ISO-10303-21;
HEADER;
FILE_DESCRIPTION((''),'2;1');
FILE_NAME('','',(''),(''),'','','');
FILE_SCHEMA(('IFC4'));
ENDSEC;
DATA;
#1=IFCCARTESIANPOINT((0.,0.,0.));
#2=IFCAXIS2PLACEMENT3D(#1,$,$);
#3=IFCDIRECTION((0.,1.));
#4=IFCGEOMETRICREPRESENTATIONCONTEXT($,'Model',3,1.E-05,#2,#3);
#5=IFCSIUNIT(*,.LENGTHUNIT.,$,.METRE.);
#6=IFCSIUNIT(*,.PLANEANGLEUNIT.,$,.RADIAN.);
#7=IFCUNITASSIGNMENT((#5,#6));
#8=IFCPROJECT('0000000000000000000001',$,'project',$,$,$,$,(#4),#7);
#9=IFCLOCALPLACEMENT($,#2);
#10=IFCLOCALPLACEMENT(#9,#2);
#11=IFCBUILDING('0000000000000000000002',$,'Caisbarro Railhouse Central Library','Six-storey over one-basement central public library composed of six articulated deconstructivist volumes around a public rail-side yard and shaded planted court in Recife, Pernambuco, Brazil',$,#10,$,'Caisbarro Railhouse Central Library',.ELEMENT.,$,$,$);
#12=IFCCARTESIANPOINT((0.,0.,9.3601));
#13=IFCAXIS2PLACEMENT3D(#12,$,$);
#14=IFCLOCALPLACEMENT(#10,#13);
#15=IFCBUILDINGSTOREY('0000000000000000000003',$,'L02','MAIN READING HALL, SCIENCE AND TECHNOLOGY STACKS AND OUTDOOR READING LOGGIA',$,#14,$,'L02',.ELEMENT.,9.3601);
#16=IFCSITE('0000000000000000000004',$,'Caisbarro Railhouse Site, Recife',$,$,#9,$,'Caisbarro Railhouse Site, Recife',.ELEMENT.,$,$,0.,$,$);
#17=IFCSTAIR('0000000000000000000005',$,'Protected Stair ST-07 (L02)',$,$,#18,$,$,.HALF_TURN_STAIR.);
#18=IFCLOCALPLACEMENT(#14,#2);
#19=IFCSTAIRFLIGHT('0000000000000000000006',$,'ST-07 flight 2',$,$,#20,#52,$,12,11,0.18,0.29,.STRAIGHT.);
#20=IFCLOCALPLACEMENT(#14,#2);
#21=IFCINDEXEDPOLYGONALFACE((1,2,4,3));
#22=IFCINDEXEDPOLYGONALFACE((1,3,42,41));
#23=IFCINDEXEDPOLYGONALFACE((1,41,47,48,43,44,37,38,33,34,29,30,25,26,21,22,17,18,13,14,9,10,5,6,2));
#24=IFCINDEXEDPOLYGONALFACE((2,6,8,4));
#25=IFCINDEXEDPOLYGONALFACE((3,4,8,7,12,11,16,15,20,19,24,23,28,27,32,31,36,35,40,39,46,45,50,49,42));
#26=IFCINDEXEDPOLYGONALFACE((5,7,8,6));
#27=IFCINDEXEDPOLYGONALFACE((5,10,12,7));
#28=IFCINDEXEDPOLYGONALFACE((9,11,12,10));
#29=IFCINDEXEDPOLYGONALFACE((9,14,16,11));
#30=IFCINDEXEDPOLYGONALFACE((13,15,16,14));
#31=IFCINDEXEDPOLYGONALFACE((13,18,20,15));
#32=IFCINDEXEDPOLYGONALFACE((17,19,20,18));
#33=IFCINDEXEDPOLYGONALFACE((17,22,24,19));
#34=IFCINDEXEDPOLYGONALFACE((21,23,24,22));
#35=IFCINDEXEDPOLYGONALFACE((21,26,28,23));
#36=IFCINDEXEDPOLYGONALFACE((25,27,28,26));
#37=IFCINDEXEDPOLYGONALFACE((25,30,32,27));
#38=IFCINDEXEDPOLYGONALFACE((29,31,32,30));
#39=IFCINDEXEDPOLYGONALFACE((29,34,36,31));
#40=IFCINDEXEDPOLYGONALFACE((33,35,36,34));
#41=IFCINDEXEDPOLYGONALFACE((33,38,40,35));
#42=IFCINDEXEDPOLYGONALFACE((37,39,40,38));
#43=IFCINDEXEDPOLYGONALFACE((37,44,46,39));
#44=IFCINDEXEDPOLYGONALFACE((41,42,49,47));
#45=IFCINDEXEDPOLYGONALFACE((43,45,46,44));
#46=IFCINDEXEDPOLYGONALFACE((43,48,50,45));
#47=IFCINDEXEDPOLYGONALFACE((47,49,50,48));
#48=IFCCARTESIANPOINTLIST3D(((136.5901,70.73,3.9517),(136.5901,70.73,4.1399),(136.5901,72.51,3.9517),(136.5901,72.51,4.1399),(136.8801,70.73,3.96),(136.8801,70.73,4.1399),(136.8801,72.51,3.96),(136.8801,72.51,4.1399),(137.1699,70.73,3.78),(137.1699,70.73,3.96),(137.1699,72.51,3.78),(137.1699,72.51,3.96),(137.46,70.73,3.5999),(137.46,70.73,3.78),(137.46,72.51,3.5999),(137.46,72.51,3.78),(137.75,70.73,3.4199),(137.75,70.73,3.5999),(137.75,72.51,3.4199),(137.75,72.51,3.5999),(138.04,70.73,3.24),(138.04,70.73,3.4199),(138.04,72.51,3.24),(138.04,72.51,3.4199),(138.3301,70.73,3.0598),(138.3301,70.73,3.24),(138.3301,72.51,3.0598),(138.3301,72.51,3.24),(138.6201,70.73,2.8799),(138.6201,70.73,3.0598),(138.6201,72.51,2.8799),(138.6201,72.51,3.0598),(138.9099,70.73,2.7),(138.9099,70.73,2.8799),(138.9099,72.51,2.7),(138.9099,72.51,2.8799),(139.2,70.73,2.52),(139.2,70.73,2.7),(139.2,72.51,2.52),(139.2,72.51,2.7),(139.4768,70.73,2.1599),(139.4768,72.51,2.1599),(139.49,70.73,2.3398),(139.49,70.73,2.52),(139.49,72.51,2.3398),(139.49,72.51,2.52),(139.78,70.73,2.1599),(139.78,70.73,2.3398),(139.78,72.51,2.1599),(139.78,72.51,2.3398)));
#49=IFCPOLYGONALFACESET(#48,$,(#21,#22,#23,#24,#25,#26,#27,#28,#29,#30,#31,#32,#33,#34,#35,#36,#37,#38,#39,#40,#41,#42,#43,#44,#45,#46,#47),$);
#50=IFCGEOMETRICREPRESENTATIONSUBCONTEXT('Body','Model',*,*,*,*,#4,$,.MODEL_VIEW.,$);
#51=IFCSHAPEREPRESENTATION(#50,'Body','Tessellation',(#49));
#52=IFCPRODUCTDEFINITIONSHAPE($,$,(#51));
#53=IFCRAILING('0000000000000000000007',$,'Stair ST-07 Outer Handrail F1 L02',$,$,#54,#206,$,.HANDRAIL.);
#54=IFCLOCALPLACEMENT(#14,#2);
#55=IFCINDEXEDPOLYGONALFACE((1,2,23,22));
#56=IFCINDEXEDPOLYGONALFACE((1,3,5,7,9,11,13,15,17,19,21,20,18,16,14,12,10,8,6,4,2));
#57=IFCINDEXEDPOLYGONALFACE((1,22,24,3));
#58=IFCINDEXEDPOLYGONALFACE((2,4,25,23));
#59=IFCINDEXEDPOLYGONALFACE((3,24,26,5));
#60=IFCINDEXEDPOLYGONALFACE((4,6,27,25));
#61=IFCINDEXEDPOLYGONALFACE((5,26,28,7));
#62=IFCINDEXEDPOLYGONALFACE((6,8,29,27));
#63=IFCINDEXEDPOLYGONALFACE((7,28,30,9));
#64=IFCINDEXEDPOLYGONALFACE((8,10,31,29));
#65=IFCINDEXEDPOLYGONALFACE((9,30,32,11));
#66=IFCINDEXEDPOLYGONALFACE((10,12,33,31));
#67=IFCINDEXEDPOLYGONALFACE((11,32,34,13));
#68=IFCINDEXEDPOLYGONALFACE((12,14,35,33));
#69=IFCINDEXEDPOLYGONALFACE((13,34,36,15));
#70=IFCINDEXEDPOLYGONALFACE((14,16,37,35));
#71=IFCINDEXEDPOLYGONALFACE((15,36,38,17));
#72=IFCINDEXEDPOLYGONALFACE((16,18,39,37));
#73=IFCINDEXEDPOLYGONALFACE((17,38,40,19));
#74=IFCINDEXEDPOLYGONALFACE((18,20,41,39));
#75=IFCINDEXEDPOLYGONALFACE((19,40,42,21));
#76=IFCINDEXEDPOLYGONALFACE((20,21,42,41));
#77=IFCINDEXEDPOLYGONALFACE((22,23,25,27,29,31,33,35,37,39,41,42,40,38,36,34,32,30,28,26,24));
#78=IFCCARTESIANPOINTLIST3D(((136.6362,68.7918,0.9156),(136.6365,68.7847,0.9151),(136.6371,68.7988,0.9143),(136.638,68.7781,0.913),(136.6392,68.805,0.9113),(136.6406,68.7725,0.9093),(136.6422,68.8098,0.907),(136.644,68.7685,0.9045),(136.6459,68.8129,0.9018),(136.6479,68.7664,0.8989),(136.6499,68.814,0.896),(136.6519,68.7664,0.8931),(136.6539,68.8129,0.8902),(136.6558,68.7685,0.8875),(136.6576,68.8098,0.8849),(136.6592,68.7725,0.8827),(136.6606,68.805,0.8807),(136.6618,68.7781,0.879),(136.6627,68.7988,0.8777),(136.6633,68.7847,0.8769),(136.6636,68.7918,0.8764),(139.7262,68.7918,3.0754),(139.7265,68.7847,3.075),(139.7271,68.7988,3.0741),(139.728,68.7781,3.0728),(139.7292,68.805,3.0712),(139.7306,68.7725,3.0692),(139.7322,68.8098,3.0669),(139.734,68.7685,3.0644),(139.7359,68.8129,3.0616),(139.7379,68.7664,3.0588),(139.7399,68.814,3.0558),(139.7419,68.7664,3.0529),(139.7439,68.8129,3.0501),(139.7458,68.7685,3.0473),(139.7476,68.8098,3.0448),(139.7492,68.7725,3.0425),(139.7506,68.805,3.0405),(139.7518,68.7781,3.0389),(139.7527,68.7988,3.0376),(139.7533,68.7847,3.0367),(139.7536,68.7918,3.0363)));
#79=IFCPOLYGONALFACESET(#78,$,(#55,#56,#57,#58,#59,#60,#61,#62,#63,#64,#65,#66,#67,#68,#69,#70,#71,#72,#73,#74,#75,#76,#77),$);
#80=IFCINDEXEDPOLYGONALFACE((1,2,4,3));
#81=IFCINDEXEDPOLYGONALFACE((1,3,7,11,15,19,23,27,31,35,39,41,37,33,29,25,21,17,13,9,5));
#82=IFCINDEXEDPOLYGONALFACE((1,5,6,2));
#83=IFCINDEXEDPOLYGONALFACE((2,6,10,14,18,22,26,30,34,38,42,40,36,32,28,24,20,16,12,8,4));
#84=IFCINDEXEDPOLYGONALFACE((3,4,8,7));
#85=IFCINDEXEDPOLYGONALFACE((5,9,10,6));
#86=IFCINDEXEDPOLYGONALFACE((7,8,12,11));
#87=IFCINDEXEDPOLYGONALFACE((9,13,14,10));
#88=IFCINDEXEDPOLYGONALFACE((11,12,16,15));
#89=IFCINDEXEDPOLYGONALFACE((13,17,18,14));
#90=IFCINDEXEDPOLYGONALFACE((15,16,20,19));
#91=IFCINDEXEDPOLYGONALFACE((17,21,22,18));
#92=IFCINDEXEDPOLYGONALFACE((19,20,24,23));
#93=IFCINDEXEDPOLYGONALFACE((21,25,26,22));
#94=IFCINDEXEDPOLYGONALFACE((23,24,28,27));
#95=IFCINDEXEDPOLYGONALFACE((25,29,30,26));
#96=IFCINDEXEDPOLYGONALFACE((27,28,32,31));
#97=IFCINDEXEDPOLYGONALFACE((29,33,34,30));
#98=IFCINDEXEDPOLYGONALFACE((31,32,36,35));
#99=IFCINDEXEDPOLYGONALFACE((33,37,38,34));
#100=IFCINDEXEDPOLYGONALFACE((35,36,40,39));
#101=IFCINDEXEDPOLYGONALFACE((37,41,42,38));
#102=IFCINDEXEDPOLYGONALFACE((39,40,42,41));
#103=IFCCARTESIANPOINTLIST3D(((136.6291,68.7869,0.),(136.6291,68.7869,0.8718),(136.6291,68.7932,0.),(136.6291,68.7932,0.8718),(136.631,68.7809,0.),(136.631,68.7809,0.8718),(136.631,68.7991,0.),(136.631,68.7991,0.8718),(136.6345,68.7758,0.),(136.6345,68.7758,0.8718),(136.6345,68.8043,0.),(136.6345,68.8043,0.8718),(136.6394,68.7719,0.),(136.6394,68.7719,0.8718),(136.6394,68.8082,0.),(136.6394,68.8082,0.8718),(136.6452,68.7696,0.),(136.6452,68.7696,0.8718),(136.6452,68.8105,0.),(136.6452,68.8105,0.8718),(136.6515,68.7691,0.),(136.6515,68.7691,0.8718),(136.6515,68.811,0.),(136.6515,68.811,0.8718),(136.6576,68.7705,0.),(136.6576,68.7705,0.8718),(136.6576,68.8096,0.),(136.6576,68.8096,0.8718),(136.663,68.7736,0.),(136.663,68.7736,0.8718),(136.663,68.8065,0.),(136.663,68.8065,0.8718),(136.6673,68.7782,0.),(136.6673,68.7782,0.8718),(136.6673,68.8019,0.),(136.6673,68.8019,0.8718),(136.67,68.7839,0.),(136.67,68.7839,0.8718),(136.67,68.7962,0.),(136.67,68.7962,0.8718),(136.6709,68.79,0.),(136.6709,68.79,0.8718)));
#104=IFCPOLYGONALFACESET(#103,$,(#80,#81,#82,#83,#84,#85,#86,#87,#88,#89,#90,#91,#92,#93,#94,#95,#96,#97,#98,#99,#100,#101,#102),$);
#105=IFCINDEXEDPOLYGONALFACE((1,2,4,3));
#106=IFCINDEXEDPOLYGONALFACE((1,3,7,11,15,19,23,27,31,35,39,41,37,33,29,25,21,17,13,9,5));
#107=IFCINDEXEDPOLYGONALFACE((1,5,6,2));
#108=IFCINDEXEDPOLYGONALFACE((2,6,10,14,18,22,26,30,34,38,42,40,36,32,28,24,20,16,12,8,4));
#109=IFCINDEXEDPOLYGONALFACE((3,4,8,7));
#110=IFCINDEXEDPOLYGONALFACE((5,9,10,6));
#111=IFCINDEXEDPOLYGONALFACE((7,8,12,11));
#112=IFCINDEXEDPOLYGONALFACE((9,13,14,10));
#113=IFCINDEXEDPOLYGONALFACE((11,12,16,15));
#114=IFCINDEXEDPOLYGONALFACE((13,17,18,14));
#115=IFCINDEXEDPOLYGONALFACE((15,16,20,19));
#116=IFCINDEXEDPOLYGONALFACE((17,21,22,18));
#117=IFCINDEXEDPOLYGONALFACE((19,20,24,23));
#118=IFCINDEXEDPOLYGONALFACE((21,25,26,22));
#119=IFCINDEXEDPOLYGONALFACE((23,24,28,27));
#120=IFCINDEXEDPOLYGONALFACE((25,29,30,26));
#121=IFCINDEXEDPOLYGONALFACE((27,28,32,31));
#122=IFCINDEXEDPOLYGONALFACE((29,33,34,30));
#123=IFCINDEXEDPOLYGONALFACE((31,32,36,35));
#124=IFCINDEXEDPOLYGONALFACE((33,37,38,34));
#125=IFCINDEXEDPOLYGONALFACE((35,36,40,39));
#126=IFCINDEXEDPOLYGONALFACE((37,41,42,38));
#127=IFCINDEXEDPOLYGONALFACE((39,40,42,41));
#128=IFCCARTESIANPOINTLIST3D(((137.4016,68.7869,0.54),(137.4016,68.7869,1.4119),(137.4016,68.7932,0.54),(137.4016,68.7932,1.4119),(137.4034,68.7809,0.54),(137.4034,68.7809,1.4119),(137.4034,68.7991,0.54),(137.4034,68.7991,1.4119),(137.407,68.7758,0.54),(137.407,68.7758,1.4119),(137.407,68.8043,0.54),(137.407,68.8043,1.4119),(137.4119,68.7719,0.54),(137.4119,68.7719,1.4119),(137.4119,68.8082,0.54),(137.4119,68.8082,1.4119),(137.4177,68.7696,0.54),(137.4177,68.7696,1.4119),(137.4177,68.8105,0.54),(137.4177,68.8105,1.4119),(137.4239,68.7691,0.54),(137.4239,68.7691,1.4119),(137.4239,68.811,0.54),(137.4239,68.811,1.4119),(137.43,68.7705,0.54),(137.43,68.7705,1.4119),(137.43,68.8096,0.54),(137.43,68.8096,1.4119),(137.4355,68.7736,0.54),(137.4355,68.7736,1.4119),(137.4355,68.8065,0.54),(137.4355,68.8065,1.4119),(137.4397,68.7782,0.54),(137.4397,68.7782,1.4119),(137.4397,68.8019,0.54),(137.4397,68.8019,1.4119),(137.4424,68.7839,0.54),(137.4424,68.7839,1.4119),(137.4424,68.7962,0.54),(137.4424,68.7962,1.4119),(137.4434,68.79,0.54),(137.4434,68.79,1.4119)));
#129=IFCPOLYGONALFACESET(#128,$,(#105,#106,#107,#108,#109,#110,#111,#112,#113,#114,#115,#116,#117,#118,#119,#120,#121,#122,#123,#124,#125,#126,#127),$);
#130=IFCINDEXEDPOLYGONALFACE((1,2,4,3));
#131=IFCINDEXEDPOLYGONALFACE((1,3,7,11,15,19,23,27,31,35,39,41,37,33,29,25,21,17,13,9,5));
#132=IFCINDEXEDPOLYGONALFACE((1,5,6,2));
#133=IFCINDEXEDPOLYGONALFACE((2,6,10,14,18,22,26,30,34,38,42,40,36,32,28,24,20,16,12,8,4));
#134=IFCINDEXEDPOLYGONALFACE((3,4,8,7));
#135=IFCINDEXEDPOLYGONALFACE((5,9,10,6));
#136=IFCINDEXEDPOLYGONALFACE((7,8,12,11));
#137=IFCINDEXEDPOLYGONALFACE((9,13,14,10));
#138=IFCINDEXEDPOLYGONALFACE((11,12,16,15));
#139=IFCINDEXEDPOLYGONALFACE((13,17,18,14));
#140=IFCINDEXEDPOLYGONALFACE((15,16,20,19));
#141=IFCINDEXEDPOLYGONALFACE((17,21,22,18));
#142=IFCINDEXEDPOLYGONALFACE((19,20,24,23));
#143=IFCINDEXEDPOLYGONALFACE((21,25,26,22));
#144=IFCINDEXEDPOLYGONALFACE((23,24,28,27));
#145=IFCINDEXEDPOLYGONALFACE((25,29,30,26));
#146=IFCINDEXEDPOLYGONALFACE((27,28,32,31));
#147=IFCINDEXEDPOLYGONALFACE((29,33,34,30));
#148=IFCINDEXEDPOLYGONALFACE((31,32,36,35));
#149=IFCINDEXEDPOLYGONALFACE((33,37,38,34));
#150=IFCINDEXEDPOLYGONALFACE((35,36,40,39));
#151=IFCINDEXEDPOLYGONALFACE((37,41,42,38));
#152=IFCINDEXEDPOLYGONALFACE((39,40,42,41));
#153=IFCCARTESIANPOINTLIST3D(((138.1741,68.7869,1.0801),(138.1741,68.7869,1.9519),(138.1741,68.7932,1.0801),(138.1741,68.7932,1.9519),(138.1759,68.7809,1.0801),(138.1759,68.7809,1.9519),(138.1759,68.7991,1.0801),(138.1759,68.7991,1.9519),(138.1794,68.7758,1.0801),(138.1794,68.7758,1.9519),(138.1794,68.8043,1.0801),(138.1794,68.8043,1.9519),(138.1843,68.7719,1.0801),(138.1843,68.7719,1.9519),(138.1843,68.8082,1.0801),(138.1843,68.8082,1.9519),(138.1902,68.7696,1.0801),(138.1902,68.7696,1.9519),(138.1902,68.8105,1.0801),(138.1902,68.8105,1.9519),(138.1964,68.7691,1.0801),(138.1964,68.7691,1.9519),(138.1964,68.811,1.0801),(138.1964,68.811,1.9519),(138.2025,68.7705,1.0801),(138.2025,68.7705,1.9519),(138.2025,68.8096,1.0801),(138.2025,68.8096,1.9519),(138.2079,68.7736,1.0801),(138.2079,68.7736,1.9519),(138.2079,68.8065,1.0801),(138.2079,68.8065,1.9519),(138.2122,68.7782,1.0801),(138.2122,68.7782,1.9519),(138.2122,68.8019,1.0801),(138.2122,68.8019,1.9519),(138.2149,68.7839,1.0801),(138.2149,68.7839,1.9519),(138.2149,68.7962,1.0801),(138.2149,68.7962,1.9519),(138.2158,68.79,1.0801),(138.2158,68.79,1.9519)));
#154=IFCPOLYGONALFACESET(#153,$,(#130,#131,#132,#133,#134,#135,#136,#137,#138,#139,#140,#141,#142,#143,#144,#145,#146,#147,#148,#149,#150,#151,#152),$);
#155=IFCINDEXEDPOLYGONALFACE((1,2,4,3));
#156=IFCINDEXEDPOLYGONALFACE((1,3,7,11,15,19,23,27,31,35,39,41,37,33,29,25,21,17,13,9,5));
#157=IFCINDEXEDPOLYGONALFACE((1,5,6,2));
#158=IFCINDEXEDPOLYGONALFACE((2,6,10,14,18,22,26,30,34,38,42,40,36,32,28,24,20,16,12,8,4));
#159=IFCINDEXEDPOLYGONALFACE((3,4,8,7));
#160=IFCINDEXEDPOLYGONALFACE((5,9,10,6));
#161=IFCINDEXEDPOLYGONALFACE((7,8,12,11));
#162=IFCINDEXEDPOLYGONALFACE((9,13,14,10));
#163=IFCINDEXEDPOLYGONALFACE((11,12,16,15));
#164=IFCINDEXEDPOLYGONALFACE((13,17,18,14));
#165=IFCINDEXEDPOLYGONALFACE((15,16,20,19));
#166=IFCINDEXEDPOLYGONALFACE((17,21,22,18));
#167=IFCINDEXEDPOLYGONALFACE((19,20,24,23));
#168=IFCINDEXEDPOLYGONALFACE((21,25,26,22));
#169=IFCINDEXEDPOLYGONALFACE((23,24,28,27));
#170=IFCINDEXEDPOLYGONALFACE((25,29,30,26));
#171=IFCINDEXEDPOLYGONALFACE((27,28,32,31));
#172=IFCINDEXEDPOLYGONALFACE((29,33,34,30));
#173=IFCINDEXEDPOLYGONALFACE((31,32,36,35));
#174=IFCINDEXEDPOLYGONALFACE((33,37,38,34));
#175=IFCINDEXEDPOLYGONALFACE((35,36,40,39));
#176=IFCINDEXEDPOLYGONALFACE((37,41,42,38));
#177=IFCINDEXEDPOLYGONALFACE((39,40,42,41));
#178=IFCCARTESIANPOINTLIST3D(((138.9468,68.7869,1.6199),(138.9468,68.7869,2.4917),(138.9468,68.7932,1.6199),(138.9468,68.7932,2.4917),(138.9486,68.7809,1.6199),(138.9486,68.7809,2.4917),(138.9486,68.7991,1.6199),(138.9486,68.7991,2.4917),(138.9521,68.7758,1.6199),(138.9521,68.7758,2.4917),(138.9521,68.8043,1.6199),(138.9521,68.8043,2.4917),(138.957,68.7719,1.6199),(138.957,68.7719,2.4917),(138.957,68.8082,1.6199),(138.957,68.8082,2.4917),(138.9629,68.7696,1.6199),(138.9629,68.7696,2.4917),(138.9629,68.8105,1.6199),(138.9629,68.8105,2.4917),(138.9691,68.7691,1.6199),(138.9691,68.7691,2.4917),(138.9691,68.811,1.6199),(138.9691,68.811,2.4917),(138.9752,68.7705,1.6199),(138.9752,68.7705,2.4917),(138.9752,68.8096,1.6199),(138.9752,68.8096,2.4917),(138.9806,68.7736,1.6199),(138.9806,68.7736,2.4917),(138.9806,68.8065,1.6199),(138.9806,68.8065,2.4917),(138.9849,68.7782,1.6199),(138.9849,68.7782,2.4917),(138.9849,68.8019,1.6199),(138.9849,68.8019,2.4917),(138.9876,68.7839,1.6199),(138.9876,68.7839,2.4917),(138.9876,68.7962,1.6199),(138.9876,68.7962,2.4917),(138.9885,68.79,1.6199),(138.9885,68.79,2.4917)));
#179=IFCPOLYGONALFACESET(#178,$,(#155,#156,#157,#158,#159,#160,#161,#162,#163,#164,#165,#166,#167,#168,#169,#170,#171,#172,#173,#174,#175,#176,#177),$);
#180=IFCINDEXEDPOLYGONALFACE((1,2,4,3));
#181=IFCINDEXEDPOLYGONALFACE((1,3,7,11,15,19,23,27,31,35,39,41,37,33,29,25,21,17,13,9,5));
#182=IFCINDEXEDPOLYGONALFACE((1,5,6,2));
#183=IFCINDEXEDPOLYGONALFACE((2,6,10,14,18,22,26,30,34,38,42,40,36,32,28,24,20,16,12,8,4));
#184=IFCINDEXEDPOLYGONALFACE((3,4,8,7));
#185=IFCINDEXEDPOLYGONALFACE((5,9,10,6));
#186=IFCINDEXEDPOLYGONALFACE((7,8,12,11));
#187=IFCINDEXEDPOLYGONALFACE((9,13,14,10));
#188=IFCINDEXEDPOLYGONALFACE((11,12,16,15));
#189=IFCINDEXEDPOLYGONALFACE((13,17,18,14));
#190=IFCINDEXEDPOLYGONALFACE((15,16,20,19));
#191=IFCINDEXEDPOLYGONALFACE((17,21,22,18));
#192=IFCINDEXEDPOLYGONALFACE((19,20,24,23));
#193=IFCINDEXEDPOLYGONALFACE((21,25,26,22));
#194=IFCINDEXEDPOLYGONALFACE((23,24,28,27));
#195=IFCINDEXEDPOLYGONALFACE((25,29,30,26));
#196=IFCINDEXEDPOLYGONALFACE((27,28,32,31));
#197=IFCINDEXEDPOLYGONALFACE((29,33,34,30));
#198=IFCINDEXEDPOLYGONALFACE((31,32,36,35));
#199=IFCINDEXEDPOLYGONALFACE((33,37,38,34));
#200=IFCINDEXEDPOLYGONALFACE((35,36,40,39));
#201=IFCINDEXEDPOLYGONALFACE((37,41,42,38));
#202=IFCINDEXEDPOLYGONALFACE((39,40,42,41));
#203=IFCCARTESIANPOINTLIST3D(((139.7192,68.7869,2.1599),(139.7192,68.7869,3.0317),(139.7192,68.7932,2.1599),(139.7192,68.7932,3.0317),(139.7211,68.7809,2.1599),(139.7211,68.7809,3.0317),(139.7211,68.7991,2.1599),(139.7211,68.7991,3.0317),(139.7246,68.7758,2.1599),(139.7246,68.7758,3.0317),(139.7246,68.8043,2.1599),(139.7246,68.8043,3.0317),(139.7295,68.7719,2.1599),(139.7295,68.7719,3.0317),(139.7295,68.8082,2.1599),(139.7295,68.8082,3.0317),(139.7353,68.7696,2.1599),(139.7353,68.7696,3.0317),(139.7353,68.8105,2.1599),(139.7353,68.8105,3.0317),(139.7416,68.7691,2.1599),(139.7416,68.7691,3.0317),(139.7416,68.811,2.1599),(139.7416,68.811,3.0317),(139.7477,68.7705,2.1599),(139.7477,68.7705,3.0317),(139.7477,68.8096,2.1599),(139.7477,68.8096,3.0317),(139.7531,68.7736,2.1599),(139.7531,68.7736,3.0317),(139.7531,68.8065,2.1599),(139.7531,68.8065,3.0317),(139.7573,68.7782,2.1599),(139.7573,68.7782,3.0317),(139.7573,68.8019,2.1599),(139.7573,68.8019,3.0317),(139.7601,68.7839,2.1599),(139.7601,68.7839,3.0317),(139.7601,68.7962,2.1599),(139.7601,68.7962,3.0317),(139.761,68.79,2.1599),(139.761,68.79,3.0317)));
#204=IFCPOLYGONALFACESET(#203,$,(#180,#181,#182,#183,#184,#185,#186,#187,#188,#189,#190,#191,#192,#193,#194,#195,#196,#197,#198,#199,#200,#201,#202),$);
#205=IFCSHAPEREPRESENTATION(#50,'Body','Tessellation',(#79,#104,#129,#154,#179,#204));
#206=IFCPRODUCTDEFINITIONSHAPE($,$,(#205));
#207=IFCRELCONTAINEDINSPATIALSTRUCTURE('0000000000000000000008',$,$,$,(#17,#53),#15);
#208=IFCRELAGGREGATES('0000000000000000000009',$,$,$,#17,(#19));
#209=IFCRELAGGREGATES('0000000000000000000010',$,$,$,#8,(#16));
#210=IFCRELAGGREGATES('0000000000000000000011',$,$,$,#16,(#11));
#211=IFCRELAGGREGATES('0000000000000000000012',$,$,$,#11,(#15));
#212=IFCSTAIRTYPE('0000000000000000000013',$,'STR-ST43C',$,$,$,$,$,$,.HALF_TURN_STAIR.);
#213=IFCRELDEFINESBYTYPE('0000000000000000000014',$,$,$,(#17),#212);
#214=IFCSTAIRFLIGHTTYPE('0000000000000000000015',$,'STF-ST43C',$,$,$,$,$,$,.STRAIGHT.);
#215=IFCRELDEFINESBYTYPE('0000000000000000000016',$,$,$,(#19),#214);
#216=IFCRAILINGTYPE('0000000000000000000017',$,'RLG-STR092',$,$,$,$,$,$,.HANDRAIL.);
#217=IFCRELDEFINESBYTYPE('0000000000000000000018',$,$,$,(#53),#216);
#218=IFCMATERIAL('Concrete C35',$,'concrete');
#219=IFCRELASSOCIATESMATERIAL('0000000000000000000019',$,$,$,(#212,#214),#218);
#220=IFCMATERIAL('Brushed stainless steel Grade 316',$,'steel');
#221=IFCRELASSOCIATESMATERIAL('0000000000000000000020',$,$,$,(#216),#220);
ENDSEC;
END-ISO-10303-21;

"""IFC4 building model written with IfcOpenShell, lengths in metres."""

from ifc_helpers import new_model, si_unit, direction, frame, origin, origin_2d, place, context, subcontext, project, spatial, polyline, circle, outline, extrude, material, type_object, element, aggregate, save


model = new_model("IFC4")

# Units and contexts
model_context = context("Model", 3, precision=1e-05, world=origin(), true_north=direction((0.0, 1.0)))
body_context = subcontext(model_context, "Body", "Model", "MODEL_VIEW")
ifc_project = project(units=[si_unit("LENGTHUNIT", "METRE"), si_unit("PLANEANGLEUNIT", "RADIAN")], contexts=[model_context])

# Site, building, storey
site_placement = place(None, origin())
site = spatial("IfcSite", under=ifc_project, at=site_placement, Name="Caisbarro Railhouse Site, Recife", LongName="Caisbarro Railhouse Site, Recife", CompositionType="ELEMENT", RefElevation=0.0)
building_placement = place(site_placement, origin())
building = spatial("IfcBuilding", under=site, at=building_placement, Name="Caisbarro Railhouse Central Library", Description="Six-storey over one-basement central public library composed of six articulated deconstructivist volumes around a public rail-side yard and shaded planted court in Recife, Pernambuco, Brazil", LongName="Caisbarro Railhouse Central Library", CompositionType="ELEMENT")
storey_placement = place(building_placement, frame((0.0, 0.0, 9.3601)))
storey = spatial("IfcBuildingStorey", under=building, at=storey_placement, Name="L02", Description="MAIN READING HALL, SCIENCE AND TECHNOLOGY STACKS AND OUTDOOR READING LOGGIA", LongName="L02", CompositionType="ELEMENT", Elevation=9.3601)

# Stair, stair flight
ifc_material_1 = material(Name="Concrete C35", Category="concrete")
stair_type = type_object("IfcStairType", Name="STR-ST43C", PredefinedType="HALF_TURN_STAIR", material=ifc_material_1)
stair_placement = place(storey_placement, origin())
stair = element("IfcStair", 1, at=stair_placement, inside=storey, type_object=stair_type, Name="Protected Stair ST-07 (L02)", PredefinedType="HALF_TURN_STAIR")
stair_flight_type = type_object("IfcStairFlightType", Name="STF-ST43C", PredefinedType="STRAIGHT", material=ifc_material_1)
stair_flight_1_placement = place(storey_placement, frame((139.78, 71.6201, 2.1599), z_axis=(0.0, 0.0, 1.0), x_axis=(-1.0, 0.0, 0.0)))
stair_flight_1 = element("IfcStairFlight", 2, at=stair_flight_1_placement, type_object=stair_flight_type, Name="ST-07 flight 2", NumberOfRisers=12, NumberOfTreads=11, PredefinedType="STRAIGHT", RiserHeight=0.18, TreadLength=0.29, context=body_context, shape_type="SweptSolid", body=[
    extrude(outline(polyline([(0.0, 0.0), (0.0, 0.1799), (0.29, 0.1799), (0.29, 0.3601), (0.5801, 0.3601), (0.5801, 0.54), (0.8701, 0.54), (0.8701, 0.72), (1.1599, 0.72), (1.1599, 0.8999), (1.45, 0.8999), (1.45, 1.0801), (1.74, 1.0801), (1.74, 1.26), (2.03, 1.26), (2.03, 1.4399), (2.3201, 1.4399), (2.3201, 1.6201), (2.6101, 1.6201), (2.6101, 1.8), (2.8999, 1.8), (2.8999, 1.98), (3.1899, 1.98), (3.1899, 2.1599), (3.1899, 1.7917), (0.3032, 0.0), (0.0, 0.0)])), frame((0.0, 0.8901, 0.0), z_axis=(0.0, -1.0, 0.0), x_axis=(1.0, 0.0, 0.0)), (0.0, 0.0, 1.0), 1.78),
])
aggregate(stair, [stair_flight_1])

# Railing
ifc_material_2 = material(Name="Brushed stainless steel Grade 316", Category="steel")
railing_type_1 = type_object("IfcRailingType", Name="RLG-STR092", PredefinedType="HANDRAIL", material=ifc_material_2)
railing_1_placement = place(storey_placement, frame((136.6499, 68.79, 0.0)))
element("IfcRailing", 3, at=railing_1_placement, inside=storey, type_object=railing_type_1, Name="Stair ST-07 Outer Handrail F1 L02", PredefinedType="HANDRAIL", context=body_context, shape_type="SweptSolid", body=[
    extrude(circle(Radius=0.0239, at=origin_2d()), frame((0.0, 0.0, 0.896), z_axis=(0.819624, 0.0, 0.572902), x_axis=(0.0, 1.0, 0.0)), (0.0, 0.0, 1.0), 3.77),
    extrude(circle(Radius=0.021, at=origin_2d()), origin(), (0.0, 0.0, 1.0), 0.8718),
    extrude(circle(Radius=0.021, at=origin_2d()), frame((0.7725, 0.0, 0.54)), (0.0, 0.0, 1.0), 0.8718),
    extrude(circle(Radius=0.021, at=origin_2d()), frame((1.5449, 0.0, 1.0801)), (0.0, 0.0, 1.0), 0.8718),
    extrude(circle(Radius=0.021, at=origin_2d()), frame((2.3176, 0.0, 1.6199)), (0.0, 0.0, 1.0), 0.8718),
    extrude(circle(Radius=0.021, at=origin_2d()), frame((3.0901, 0.0, 2.1599)), (0.0, 0.0, 1.0), 0.8718),
])

save(model, "model.ifc")
